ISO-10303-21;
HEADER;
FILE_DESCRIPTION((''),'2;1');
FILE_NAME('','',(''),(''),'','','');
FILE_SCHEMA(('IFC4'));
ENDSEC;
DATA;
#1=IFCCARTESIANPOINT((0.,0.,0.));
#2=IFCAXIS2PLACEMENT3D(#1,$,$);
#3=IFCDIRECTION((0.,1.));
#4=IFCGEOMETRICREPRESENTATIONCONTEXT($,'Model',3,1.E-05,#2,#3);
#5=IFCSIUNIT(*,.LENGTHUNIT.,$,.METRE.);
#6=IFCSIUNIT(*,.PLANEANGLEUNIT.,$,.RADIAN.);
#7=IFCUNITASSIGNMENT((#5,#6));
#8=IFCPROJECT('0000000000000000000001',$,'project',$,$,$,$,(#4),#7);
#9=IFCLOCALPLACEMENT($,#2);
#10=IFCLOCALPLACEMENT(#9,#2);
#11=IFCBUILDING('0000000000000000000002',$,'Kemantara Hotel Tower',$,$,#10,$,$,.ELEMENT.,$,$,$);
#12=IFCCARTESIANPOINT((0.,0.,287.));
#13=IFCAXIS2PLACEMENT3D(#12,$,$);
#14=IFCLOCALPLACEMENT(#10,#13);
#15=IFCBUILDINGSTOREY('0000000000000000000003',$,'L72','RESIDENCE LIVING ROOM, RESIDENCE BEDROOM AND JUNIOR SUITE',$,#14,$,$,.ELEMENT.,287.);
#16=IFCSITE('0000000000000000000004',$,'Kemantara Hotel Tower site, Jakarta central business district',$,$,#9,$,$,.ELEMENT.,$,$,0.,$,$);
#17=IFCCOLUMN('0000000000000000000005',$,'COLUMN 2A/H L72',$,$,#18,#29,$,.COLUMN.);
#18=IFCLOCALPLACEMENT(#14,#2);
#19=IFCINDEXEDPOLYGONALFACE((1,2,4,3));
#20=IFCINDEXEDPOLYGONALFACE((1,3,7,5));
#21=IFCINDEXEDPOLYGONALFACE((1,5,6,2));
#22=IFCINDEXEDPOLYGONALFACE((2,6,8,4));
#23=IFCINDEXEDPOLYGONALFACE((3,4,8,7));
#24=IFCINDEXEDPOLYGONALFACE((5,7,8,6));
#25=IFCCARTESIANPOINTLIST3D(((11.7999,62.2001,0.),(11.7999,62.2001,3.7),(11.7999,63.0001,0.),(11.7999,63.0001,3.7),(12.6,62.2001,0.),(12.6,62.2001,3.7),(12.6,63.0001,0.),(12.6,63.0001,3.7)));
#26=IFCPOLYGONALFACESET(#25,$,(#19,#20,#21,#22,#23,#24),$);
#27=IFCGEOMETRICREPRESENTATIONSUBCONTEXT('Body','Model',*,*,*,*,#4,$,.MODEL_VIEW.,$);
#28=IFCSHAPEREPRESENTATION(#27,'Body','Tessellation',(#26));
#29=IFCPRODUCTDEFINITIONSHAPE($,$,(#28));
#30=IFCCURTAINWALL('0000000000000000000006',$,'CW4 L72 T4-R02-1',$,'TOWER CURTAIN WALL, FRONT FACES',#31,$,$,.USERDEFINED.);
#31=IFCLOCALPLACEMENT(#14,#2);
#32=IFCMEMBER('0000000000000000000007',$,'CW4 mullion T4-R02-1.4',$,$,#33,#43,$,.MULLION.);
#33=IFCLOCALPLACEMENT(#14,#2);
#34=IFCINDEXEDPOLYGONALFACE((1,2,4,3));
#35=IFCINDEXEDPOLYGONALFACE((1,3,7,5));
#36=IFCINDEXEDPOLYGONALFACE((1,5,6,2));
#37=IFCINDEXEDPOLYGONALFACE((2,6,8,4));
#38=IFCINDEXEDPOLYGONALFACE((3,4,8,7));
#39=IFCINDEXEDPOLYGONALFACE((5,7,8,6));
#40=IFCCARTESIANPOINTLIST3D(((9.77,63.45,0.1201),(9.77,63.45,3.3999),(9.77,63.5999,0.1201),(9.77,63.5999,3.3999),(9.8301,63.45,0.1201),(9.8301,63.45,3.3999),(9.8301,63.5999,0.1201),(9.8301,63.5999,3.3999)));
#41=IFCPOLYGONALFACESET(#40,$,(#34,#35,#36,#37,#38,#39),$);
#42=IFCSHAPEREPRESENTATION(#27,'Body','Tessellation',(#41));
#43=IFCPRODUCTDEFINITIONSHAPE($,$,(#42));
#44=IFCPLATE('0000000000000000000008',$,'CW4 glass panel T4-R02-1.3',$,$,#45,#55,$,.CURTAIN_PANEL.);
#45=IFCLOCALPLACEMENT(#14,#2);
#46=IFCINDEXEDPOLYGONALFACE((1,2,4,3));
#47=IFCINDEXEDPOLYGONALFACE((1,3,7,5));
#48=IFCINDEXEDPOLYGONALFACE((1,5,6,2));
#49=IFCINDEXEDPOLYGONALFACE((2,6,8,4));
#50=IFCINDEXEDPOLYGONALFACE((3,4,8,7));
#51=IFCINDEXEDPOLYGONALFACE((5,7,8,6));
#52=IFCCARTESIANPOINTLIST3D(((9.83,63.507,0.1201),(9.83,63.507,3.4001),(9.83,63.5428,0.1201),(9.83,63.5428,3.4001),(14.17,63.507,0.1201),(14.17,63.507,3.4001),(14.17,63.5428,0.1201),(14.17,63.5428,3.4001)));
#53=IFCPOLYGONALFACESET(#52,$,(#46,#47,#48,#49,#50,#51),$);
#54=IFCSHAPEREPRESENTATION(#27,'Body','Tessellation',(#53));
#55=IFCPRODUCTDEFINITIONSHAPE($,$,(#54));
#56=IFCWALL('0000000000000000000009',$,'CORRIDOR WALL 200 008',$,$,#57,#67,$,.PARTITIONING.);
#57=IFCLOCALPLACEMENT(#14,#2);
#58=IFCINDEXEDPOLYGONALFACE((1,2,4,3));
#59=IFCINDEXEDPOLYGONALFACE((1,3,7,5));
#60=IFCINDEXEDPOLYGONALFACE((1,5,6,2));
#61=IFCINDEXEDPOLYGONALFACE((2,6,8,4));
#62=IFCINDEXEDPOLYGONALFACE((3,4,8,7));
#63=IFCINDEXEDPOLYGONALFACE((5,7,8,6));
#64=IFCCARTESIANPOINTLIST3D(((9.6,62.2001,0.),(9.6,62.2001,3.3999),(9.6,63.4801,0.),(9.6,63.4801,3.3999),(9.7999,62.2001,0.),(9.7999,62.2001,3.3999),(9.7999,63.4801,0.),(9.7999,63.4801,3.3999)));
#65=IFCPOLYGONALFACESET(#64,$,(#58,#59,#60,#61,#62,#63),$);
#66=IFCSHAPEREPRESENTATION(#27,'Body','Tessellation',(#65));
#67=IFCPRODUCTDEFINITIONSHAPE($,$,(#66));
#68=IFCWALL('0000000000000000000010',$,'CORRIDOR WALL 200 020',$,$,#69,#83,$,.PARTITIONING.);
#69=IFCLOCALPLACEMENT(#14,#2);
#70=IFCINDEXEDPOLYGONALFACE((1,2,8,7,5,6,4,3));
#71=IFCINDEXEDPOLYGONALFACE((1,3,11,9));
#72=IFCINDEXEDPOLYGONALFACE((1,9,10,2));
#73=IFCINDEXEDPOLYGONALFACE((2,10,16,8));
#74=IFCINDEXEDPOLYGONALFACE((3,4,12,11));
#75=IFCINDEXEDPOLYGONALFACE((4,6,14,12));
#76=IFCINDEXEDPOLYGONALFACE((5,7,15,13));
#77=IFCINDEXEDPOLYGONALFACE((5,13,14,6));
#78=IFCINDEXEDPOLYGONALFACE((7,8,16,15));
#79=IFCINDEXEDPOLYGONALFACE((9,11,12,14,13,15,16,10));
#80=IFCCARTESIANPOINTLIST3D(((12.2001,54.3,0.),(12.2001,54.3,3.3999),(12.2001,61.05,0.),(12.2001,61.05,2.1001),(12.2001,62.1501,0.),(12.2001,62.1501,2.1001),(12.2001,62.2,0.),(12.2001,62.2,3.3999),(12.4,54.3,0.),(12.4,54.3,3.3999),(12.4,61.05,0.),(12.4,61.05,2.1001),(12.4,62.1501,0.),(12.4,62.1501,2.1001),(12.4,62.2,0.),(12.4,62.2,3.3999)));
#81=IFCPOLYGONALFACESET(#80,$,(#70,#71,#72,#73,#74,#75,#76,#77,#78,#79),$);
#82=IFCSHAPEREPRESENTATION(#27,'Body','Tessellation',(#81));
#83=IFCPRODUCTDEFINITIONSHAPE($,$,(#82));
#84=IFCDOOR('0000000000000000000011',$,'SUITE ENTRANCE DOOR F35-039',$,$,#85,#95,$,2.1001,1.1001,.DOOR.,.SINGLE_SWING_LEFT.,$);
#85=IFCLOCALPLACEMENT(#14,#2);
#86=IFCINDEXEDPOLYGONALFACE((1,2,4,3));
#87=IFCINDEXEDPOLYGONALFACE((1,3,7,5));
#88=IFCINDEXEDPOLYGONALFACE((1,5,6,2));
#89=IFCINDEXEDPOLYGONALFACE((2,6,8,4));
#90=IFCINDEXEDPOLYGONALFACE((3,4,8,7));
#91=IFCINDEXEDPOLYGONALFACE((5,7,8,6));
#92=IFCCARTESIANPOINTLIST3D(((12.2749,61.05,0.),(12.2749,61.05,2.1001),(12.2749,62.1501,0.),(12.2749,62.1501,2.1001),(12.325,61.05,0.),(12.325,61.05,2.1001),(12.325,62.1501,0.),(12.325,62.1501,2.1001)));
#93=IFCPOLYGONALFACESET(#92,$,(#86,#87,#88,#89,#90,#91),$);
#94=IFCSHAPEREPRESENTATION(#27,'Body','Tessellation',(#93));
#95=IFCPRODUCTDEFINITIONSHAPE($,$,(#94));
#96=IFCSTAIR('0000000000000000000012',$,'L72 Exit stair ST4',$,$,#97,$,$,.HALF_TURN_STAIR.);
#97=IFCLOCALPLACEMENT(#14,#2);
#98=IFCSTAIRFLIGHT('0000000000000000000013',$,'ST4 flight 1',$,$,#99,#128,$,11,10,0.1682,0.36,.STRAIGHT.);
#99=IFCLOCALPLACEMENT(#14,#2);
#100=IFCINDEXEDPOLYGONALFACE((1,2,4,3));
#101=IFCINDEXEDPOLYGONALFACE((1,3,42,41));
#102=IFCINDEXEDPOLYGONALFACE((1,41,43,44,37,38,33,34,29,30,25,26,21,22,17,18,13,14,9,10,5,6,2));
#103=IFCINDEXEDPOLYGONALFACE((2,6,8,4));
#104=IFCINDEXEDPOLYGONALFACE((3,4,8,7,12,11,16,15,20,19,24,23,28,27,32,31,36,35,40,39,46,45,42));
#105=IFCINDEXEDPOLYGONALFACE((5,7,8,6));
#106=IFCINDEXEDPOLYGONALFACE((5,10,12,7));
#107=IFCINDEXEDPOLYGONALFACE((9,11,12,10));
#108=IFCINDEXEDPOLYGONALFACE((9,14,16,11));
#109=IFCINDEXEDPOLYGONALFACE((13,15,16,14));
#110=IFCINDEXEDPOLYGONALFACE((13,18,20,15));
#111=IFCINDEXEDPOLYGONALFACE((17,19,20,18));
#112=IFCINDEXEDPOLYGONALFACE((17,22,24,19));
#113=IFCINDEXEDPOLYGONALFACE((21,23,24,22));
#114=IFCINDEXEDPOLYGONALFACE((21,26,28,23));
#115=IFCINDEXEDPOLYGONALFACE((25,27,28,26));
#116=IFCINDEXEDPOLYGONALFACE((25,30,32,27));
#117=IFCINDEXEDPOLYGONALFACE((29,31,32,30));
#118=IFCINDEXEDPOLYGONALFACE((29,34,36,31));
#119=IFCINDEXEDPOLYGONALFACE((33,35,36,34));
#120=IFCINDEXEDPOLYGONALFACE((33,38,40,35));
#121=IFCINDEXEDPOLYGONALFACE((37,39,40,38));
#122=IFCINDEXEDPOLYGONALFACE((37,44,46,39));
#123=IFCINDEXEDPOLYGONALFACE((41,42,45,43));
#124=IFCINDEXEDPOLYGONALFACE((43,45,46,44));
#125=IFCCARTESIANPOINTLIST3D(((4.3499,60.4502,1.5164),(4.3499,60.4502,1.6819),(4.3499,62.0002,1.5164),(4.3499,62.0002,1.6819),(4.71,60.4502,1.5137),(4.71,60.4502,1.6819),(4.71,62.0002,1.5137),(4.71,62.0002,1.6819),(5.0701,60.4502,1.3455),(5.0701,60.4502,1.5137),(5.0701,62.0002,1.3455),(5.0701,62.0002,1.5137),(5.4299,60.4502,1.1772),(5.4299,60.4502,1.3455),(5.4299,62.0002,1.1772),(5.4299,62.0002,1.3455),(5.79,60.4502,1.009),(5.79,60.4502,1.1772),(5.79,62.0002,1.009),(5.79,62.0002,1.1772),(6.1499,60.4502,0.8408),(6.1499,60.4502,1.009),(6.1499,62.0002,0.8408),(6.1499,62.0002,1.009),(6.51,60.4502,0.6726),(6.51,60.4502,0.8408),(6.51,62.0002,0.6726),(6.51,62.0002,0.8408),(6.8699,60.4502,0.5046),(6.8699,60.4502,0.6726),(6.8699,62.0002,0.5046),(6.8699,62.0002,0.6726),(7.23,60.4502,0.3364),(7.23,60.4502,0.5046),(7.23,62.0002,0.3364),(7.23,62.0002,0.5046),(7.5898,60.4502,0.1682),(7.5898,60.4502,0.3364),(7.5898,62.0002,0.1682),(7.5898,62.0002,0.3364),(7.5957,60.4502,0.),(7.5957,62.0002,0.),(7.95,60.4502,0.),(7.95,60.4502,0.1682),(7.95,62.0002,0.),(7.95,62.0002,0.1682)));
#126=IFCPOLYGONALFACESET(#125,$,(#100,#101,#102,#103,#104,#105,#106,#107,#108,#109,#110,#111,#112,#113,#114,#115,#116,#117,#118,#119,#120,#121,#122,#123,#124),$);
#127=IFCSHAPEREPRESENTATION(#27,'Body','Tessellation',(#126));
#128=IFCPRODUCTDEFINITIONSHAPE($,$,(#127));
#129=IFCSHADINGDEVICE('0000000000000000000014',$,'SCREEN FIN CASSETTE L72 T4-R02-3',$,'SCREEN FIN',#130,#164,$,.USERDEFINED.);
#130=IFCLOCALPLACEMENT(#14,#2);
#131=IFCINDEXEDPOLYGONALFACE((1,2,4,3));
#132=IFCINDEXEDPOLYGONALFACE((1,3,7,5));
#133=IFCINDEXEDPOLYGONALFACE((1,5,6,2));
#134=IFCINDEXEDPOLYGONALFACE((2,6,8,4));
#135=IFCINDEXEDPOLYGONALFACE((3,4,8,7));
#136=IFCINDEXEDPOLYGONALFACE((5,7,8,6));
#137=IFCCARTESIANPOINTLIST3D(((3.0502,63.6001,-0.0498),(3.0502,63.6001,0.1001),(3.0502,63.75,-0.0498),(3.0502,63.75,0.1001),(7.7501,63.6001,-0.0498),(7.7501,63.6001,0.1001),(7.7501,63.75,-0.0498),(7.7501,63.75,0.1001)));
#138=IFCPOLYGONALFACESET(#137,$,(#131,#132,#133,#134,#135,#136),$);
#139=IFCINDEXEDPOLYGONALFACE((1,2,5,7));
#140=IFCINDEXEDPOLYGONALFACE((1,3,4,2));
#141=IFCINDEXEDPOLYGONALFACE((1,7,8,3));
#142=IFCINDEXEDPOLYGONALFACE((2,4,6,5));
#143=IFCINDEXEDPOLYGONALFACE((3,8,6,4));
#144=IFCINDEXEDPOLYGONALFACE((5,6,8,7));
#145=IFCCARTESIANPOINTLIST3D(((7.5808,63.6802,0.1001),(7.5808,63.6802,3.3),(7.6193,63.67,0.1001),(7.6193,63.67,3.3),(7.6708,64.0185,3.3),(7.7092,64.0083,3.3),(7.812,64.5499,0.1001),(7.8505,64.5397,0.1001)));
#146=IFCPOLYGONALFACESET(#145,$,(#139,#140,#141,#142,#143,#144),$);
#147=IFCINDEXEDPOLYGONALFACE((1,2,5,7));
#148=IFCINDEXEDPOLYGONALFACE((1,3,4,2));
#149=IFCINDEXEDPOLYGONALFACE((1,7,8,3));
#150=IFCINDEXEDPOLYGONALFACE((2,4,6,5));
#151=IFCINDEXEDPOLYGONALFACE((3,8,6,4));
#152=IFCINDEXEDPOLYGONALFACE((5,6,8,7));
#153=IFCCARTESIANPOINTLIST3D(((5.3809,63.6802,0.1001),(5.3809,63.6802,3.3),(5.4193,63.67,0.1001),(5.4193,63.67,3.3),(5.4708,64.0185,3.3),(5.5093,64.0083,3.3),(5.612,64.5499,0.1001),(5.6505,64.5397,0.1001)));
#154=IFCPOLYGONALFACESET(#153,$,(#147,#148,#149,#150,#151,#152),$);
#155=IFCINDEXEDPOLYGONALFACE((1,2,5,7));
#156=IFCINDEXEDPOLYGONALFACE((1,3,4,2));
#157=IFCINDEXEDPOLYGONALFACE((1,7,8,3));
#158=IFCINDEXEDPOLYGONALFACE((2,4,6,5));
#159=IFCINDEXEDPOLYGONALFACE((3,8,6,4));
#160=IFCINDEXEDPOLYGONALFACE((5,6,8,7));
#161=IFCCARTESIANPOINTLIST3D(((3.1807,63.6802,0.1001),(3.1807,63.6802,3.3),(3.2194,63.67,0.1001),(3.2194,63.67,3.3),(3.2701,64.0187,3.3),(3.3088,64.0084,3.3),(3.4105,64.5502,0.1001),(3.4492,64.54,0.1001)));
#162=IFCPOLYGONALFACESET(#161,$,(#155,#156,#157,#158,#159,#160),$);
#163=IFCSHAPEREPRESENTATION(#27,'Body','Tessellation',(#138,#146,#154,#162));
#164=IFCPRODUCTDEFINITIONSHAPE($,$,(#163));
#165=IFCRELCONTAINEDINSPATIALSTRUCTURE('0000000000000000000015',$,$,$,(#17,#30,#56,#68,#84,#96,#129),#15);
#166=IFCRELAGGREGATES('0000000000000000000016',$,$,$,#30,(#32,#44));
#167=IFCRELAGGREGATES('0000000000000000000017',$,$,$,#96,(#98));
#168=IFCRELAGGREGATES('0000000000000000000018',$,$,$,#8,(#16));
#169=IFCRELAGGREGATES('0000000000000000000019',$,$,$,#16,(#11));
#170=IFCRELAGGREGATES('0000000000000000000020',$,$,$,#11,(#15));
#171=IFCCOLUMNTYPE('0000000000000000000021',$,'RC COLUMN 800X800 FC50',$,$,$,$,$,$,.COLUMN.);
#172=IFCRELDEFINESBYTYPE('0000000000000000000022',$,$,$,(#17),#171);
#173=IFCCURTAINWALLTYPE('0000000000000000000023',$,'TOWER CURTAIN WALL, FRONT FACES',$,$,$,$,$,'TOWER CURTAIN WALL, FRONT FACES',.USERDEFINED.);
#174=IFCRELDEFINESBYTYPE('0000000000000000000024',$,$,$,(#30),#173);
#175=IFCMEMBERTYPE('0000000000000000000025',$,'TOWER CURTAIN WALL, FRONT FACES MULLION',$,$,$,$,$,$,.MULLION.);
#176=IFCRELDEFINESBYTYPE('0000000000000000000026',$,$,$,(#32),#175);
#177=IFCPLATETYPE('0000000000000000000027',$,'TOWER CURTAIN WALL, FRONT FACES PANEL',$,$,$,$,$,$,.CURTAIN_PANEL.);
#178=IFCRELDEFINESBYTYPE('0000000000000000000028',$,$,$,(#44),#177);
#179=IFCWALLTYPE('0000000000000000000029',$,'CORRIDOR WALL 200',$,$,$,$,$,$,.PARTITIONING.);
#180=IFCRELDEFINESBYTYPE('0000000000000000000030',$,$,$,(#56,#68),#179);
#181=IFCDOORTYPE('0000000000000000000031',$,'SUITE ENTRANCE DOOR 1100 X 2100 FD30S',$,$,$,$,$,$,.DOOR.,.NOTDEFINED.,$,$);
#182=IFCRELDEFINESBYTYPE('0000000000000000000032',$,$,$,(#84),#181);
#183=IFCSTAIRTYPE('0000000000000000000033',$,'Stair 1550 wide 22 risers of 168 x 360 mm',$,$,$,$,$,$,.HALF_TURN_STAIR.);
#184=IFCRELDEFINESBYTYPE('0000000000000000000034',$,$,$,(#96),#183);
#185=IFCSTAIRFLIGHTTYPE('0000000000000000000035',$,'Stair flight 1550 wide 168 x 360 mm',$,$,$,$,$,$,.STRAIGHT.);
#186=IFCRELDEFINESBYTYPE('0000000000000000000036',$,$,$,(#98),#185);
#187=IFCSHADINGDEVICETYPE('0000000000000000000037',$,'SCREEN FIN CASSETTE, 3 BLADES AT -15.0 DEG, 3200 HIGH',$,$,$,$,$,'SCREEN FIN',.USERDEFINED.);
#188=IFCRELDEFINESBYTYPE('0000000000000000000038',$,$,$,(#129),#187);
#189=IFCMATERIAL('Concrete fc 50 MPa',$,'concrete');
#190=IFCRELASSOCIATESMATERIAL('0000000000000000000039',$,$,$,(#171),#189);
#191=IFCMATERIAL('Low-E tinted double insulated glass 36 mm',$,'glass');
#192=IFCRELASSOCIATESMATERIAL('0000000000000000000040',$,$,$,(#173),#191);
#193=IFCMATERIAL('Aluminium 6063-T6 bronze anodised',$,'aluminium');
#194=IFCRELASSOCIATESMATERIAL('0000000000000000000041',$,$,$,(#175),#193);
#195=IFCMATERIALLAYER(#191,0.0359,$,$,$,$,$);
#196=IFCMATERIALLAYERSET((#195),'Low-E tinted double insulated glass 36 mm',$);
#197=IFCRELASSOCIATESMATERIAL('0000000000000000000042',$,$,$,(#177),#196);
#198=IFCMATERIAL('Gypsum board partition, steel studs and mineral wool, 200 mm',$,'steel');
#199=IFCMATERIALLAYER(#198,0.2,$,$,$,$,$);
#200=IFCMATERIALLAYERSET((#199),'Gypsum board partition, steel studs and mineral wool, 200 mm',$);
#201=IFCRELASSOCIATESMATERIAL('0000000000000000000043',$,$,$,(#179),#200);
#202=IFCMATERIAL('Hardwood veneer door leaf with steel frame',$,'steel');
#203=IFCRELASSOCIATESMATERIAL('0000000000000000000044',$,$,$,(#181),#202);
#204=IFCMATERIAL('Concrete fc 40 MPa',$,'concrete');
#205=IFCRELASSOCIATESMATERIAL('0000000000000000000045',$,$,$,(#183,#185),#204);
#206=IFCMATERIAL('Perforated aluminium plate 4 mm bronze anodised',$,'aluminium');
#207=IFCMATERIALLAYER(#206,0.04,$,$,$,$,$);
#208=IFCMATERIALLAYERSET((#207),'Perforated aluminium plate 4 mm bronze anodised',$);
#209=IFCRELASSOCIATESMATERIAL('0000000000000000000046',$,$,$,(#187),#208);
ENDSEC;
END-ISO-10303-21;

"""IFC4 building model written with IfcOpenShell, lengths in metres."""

from ifc_helpers import new_model, si_unit, direction, frame, frame_2d, origin, origin_2d, place, context, subcontext, project, spatial, polyline, rectangle, outline, extrude, source, transform, mapped, material, layer, layer_set, material_profile, profile_set, type_object, element, fill, aggregate, save


model = new_model("IFC4")

# Units and contexts
model_context = context("Model", 3, precision=1e-05, world=origin(), true_north=direction((0.0, 1.0)))
body_context = subcontext(model_context, "Body", "Model", "MODEL_VIEW")
ifc_project = project(units=[si_unit("LENGTHUNIT", "METRE"), si_unit("PLANEANGLEUNIT", "RADIAN")], contexts=[model_context])

# Site, building, storey
site_placement = place(None, origin())
site = spatial("IfcSite", under=ifc_project, at=site_placement, Name="Kemantara Hotel Tower site, Jakarta central business district", CompositionType="ELEMENT", RefElevation=0.0)
building_placement = place(site_placement, origin())
building = spatial("IfcBuilding", under=site, at=building_placement, Name="Kemantara Hotel Tower", CompositionType="ELEMENT")
storey_placement = place(building_placement, frame((0.0, 0.0, 287.0)))
storey = spatial("IfcBuildingStorey", under=building, at=storey_placement, Name="L72", Description="RESIDENCE LIVING ROOM, RESIDENCE BEDROOM AND JUNIOR SUITE", CompositionType="ELEMENT", Elevation=287.0)

# Column
ifc_material_1 = material(Name="Concrete fc 50 MPa", Category="concrete")
ifc_material_profile_1 = material_profile(ifc_material_1, rectangle(XDim=0.8, YDim=0.8, at=origin_2d()), Name="RC 800X800")
ifc_profile_set_1 = profile_set([ifc_material_profile_1], Name="Concrete fc 50 MPa")
column_type = type_object("IfcColumnType", Name="RC COLUMN 800X800 FC50", PredefinedType="COLUMN", material=ifc_profile_set_1)
column_placement = place(storey_placement, frame((12.2, 62.6001, 0.0), z_axis=(0.0, 0.0, 1.0), x_axis=(1.0, 0.0, 0.0)))
element("IfcColumn", 1, at=column_placement, inside=storey, type_object=column_type, Name="COLUMN 2A/H L72", PredefinedType="COLUMN", context=body_context, shape_type="SweptSolid", body=[
    extrude(rectangle(XDim=0.8, YDim=0.8, at=origin_2d()), origin(), (0.0, 0.0, 1.0), 3.7),
])

# Curtain wall, member, plate
ifc_material_2 = material(Name="Low-E tinted double insulated glass 36 mm", Category="glass")
curtain_wall_type = type_object("IfcCurtainWallType", Name="TOWER CURTAIN WALL, FRONT FACES", ElementType="TOWER CURTAIN WALL, FRONT FACES", PredefinedType="USERDEFINED", material=ifc_material_2)
curtain_wall_placement = place(storey_placement, origin())
curtain_wall = element("IfcCurtainWall", 2, at=curtain_wall_placement, inside=storey, type_object=curtain_wall_type, Name="CW4 L72 T4-R02-1", ObjectType="TOWER CURTAIN WALL, FRONT FACES", PredefinedType="USERDEFINED")
ifc_material_3 = material(Name="Aluminium 6063-T6 bronze anodised", Category="aluminium")
ifc_material_profile_2 = material_profile(ifc_material_3, rectangle(XDim=0.1499, YDim=0.0601, at=origin_2d()), Name="TOWER CURTAIN WALL, FRONT FACES MULLION")
ifc_profile_set_2 = profile_set([ifc_material_profile_2], Name="Aluminium 6063-T6 bronze anodised")
member_type = type_object("IfcMemberType", Name="TOWER CURTAIN WALL, FRONT FACES MULLION", PredefinedType="MULLION", material=ifc_profile_set_2)
shared_shape_1 = source(origin(), body_context, "Body", "SweptSolid", [
    extrude(rectangle(XDim=0.1499, YDim=0.0601, at=origin_2d()), origin(), (0.0, 0.0, 1.0), 3.2798),
])
member_placement = place(storey_placement, frame((9.8, 63.5249, 0.1201), z_axis=(0.0, 0.0, 1.0), x_axis=(0.0, -1.0, 0.0)))
member = element("IfcMember", 3, at=member_placement, type_object=member_type, Name="CW4 mullion T4-R02-1.4", PredefinedType="MULLION", context=body_context, shape_type="MappedRepresentation", body=[
    mapped(shared_shape_1, transform((0.0, 0.0, 0.0))),
])
ifc_layer_1 = layer(ifc_material_2, 0.0359)
ifc_layer_set_1 = layer_set([ifc_layer_1], Name="Low-E tinted double insulated glass 36 mm")
plate_type = type_object("IfcPlateType", Name="TOWER CURTAIN WALL, FRONT FACES PANEL", PredefinedType="CURTAIN_PANEL", material=ifc_layer_set_1)
shared_shape_2 = source(origin(), body_context, "Body", "SweptSolid", [
    extrude(rectangle(XDim=4.3401, YDim=0.0359, at=origin_2d()), origin(), (0.0, 0.0, 1.0), 3.28),
])
plate_placement = place(storey_placement, frame((12.0, 63.5249, 0.1201), z_axis=(0.0, 0.0, 1.0), x_axis=(-1.0, 0.0, 0.0)))
plate = element("IfcPlate", 4, at=plate_placement, type_object=plate_type, Name="CW4 glass panel T4-R02-1.3", PredefinedType="CURTAIN_PANEL", context=body_context, shape_type="MappedRepresentation", body=[
    mapped(shared_shape_2, transform((0.0, 0.0, 0.0))),
])
aggregate(curtain_wall, [member, plate])

# Wall
ifc_material_4 = material(Name="Gypsum board partition, steel studs and mineral wool, 200 mm", Category="steel")
ifc_layer_2 = layer(ifc_material_4, 0.2)
ifc_layer_set_2 = layer_set([ifc_layer_2], Name="Gypsum board partition, steel studs and mineral wool, 200 mm")
wall_type = type_object("IfcWallType", Name="CORRIDOR WALL 200", PredefinedType="PARTITIONING", material=ifc_layer_set_2)
wall_1_placement = place(storey_placement, frame((9.7, 62.2, 0.0), z_axis=(0.0, 0.0, 1.0), x_axis=(0.0, 1.0, 0.0)))
element("IfcWall", 5, at=wall_1_placement, inside=storey, type_object=wall_type, Name="CORRIDOR WALL 200 008", PredefinedType="PARTITIONING", context=body_context, shape_type="SweptSolid", body=[
    extrude(rectangle(XDim=1.28, YDim=0.2, at=frame_2d((0.6401, 0.0))), origin(), (0.0, 0.0, 1.0), 3.3999),
])

# Wall, opening, door
wall_2_placement = place(storey_placement, frame((12.3, 62.2, 0.0), z_axis=(0.0, 0.0, 1.0), x_axis=(0.0, -1.0, 0.0)))
wall_2 = element("IfcWall", 6, at=wall_2_placement, inside=storey, type_object=wall_type, Name="CORRIDOR WALL 200 020", PredefinedType="PARTITIONING", context=body_context, shape_type="SweptSolid", body=[
    extrude(rectangle(XDim=7.8999, YDim=0.2, at=frame_2d((3.95, 0.0))), origin(), (0.0, 0.0, 1.0), 3.3999),
])
opening_placement = place(wall_2_placement, frame((0.0498, 0.0, 0.0)))
opening = element("IfcOpeningElement", 7, at=opening_placement, cuts=wall_2, PredefinedType="OPENING", context=body_context, shape_type="SweptSolid", body=[
    extrude(rectangle(XDim=1.1001, YDim=2.1001, at=frame_2d((0.55, 1.05))), frame((0.0, 0.1099, 0.0), z_axis=(0.0, -1.0, 0.0), x_axis=(1.0, 0.0, 0.0)), (0.0, 0.0, 1.0), 0.22),
])
ifc_material_5 = material(Name="Hardwood veneer door leaf with steel frame", Category="steel")
door_type = type_object("IfcDoorType", Name="SUITE ENTRANCE DOOR 1100 X 2100 FD30S", OperationType="NOTDEFINED", PredefinedType="DOOR", material=ifc_material_5)
door_placement = place(opening_placement, origin())
door = element("IfcDoor", 8, at=door_placement, inside=storey, type_object=door_type, Name="SUITE ENTRANCE DOOR F35-039", OperationType="SINGLE_SWING_LEFT", OverallHeight=2.1001, OverallWidth=1.1001, PredefinedType="DOOR", context=body_context, shape_type="SweptSolid", body=[
    extrude(rectangle(XDim=1.1001, YDim=2.1001, at=frame_2d((0.55, 1.05))), frame((0.0, 0.0249, 0.0), z_axis=(0.0, -1.0, 0.0), x_axis=(1.0, 0.0, 0.0)), (0.0, 0.0, 1.0), 0.05),
])
fill(opening, door)

# Stair, stair flight
ifc_material_6 = material(Name="Concrete fc 40 MPa", Category="concrete")
stair_type = type_object("IfcStairType", Name="Stair 1550 wide 22 risers of 168 x 360 mm", PredefinedType="HALF_TURN_STAIR", material=ifc_material_6)
stair_placement = place(storey_placement, origin())
stair = element("IfcStair", 9, at=stair_placement, inside=storey, type_object=stair_type, Name="L72 Exit stair ST4", PredefinedType="HALF_TURN_STAIR")
stair_flight_type = type_object("IfcStairFlightType", Name="Stair flight 1550 wide 168 x 360 mm", PredefinedType="STRAIGHT", material=ifc_material_6)
stair_flight_placement = place(storey_placement, frame((7.95, 61.2251, 0.0), z_axis=(0.0, 0.0, 1.0), x_axis=(-1.0, 0.0, 0.0)))
stair_flight = element("IfcStairFlight", 10, at=stair_flight_placement, type_object=stair_flight_type, Name="ST4 flight 1", NumberOfRisers=11, NumberOfTreads=10, PredefinedType="STRAIGHT", RiserHeight=0.1682, TreadLength=0.36, context=body_context, shape_type="SweptSolid", body=[
    extrude(outline(polyline([(0.0, 0.0), (0.0, 0.1682), (0.3601, 0.1682), (0.3601, 0.3364), (0.72, 0.3364), (0.72, 0.5046), (1.0801, 0.5046), (1.0801, 0.6726), (1.4399, 0.6726), (1.4399, 0.8408), (1.8, 0.8408), (1.8, 1.009), (2.1599, 1.009), (2.1599, 1.1772), (2.52, 1.1772), (2.52, 1.3455), (2.8799, 1.3455), (2.8799, 1.5137), (3.24, 1.5137), (3.24, 1.6819), (3.6001, 1.6819), (3.6001, 1.8501), (3.6001, 1.5164), (0.3542, 0.0), (0.0, 0.0)])), frame((0.0, 0.7749, 0.0), z_axis=(0.0, -1.0, 0.0), x_axis=(1.0, 0.0, 0.0)), (0.0, 0.0, 1.0), 1.55),
])
aggregate(stair, [stair_flight])

# Shading device
ifc_material_7 = material(Name="Perforated aluminium plate 4 mm bronze anodised", Category="aluminium")
ifc_layer_3 = layer(ifc_material_7, 0.04)
ifc_layer_set_3 = layer_set([ifc_layer_3], Name="Perforated aluminium plate 4 mm bronze anodised")
shading_device_type = type_object("IfcShadingDeviceType", Name="SCREEN FIN CASSETTE, 3 BLADES AT -15.0 DEG, 3200 HIGH", ElementType="SCREEN FIN", PredefinedType="USERDEFINED", material=ifc_layer_set_3)
shared_shape_3 = source(origin(), body_context, "Body", "SweptSolid", [
    extrude(rectangle(XDim=4.7, YDim=0.1499, at=origin_2d()), frame((2.2, -0.075, -0.1499), z_axis=(0.0, 0.0, 1.0), x_axis=(1.0, 0.0, 0.0)), (0.0, 0.0, 1.0), 0.1499),
    extrude(outline(polyline([(0.0, 0.0), (0.8999, 0.0), (0.3501, 3.2), (0.0, 3.2), (0.0, 0.0)])), frame((0.0193, -0.0801, 0.0), z_axis=(-0.966438, 0.256901, 0.0), x_axis=(-0.256901, -0.966438, 0.0)), (0.0, 0.0, 1.0), 0.0398),
    extrude(outline(polyline([(0.0, 0.0), (0.8999, 0.0), (0.3501, 3.2), (0.0, 3.2), (0.0, 0.0)])), frame((2.2192, -0.0801, 0.0), z_axis=(-0.966438, 0.256901, 0.0), x_axis=(-0.256901, -0.966438, 0.0)), (0.0, 0.0, 1.0), 0.0398),
    extrude(outline(polyline([(0.0, 0.0), (0.8999, 0.0), (0.3501, 3.2), (0.0, 3.2), (0.0, 0.0)])), frame((4.4194, -0.0801, 0.0), z_axis=(-0.966838, 0.255391, 0.0), x_axis=(-0.255391, -0.966838, 0.0)), (0.0, 0.0, 1.0), 0.04),
])
shading_device_placement = place(storey_placement, frame((7.6001, 63.6001, 0.1001), z_axis=(0.0, 0.0, 1.0), x_axis=(-1.0, 0.0, 0.0)))
element("IfcShadingDevice", 11, at=shading_device_placement, inside=storey, type_object=shading_device_type, Name="SCREEN FIN CASSETTE L72 T4-R02-3", ObjectType="SCREEN FIN", PredefinedType="USERDEFINED", context=body_context, shape_type="MappedRepresentation", body=[
    mapped(shared_shape_3, transform((0.0, 0.0, 0.0))),
])

save(model, "model.ifc")
